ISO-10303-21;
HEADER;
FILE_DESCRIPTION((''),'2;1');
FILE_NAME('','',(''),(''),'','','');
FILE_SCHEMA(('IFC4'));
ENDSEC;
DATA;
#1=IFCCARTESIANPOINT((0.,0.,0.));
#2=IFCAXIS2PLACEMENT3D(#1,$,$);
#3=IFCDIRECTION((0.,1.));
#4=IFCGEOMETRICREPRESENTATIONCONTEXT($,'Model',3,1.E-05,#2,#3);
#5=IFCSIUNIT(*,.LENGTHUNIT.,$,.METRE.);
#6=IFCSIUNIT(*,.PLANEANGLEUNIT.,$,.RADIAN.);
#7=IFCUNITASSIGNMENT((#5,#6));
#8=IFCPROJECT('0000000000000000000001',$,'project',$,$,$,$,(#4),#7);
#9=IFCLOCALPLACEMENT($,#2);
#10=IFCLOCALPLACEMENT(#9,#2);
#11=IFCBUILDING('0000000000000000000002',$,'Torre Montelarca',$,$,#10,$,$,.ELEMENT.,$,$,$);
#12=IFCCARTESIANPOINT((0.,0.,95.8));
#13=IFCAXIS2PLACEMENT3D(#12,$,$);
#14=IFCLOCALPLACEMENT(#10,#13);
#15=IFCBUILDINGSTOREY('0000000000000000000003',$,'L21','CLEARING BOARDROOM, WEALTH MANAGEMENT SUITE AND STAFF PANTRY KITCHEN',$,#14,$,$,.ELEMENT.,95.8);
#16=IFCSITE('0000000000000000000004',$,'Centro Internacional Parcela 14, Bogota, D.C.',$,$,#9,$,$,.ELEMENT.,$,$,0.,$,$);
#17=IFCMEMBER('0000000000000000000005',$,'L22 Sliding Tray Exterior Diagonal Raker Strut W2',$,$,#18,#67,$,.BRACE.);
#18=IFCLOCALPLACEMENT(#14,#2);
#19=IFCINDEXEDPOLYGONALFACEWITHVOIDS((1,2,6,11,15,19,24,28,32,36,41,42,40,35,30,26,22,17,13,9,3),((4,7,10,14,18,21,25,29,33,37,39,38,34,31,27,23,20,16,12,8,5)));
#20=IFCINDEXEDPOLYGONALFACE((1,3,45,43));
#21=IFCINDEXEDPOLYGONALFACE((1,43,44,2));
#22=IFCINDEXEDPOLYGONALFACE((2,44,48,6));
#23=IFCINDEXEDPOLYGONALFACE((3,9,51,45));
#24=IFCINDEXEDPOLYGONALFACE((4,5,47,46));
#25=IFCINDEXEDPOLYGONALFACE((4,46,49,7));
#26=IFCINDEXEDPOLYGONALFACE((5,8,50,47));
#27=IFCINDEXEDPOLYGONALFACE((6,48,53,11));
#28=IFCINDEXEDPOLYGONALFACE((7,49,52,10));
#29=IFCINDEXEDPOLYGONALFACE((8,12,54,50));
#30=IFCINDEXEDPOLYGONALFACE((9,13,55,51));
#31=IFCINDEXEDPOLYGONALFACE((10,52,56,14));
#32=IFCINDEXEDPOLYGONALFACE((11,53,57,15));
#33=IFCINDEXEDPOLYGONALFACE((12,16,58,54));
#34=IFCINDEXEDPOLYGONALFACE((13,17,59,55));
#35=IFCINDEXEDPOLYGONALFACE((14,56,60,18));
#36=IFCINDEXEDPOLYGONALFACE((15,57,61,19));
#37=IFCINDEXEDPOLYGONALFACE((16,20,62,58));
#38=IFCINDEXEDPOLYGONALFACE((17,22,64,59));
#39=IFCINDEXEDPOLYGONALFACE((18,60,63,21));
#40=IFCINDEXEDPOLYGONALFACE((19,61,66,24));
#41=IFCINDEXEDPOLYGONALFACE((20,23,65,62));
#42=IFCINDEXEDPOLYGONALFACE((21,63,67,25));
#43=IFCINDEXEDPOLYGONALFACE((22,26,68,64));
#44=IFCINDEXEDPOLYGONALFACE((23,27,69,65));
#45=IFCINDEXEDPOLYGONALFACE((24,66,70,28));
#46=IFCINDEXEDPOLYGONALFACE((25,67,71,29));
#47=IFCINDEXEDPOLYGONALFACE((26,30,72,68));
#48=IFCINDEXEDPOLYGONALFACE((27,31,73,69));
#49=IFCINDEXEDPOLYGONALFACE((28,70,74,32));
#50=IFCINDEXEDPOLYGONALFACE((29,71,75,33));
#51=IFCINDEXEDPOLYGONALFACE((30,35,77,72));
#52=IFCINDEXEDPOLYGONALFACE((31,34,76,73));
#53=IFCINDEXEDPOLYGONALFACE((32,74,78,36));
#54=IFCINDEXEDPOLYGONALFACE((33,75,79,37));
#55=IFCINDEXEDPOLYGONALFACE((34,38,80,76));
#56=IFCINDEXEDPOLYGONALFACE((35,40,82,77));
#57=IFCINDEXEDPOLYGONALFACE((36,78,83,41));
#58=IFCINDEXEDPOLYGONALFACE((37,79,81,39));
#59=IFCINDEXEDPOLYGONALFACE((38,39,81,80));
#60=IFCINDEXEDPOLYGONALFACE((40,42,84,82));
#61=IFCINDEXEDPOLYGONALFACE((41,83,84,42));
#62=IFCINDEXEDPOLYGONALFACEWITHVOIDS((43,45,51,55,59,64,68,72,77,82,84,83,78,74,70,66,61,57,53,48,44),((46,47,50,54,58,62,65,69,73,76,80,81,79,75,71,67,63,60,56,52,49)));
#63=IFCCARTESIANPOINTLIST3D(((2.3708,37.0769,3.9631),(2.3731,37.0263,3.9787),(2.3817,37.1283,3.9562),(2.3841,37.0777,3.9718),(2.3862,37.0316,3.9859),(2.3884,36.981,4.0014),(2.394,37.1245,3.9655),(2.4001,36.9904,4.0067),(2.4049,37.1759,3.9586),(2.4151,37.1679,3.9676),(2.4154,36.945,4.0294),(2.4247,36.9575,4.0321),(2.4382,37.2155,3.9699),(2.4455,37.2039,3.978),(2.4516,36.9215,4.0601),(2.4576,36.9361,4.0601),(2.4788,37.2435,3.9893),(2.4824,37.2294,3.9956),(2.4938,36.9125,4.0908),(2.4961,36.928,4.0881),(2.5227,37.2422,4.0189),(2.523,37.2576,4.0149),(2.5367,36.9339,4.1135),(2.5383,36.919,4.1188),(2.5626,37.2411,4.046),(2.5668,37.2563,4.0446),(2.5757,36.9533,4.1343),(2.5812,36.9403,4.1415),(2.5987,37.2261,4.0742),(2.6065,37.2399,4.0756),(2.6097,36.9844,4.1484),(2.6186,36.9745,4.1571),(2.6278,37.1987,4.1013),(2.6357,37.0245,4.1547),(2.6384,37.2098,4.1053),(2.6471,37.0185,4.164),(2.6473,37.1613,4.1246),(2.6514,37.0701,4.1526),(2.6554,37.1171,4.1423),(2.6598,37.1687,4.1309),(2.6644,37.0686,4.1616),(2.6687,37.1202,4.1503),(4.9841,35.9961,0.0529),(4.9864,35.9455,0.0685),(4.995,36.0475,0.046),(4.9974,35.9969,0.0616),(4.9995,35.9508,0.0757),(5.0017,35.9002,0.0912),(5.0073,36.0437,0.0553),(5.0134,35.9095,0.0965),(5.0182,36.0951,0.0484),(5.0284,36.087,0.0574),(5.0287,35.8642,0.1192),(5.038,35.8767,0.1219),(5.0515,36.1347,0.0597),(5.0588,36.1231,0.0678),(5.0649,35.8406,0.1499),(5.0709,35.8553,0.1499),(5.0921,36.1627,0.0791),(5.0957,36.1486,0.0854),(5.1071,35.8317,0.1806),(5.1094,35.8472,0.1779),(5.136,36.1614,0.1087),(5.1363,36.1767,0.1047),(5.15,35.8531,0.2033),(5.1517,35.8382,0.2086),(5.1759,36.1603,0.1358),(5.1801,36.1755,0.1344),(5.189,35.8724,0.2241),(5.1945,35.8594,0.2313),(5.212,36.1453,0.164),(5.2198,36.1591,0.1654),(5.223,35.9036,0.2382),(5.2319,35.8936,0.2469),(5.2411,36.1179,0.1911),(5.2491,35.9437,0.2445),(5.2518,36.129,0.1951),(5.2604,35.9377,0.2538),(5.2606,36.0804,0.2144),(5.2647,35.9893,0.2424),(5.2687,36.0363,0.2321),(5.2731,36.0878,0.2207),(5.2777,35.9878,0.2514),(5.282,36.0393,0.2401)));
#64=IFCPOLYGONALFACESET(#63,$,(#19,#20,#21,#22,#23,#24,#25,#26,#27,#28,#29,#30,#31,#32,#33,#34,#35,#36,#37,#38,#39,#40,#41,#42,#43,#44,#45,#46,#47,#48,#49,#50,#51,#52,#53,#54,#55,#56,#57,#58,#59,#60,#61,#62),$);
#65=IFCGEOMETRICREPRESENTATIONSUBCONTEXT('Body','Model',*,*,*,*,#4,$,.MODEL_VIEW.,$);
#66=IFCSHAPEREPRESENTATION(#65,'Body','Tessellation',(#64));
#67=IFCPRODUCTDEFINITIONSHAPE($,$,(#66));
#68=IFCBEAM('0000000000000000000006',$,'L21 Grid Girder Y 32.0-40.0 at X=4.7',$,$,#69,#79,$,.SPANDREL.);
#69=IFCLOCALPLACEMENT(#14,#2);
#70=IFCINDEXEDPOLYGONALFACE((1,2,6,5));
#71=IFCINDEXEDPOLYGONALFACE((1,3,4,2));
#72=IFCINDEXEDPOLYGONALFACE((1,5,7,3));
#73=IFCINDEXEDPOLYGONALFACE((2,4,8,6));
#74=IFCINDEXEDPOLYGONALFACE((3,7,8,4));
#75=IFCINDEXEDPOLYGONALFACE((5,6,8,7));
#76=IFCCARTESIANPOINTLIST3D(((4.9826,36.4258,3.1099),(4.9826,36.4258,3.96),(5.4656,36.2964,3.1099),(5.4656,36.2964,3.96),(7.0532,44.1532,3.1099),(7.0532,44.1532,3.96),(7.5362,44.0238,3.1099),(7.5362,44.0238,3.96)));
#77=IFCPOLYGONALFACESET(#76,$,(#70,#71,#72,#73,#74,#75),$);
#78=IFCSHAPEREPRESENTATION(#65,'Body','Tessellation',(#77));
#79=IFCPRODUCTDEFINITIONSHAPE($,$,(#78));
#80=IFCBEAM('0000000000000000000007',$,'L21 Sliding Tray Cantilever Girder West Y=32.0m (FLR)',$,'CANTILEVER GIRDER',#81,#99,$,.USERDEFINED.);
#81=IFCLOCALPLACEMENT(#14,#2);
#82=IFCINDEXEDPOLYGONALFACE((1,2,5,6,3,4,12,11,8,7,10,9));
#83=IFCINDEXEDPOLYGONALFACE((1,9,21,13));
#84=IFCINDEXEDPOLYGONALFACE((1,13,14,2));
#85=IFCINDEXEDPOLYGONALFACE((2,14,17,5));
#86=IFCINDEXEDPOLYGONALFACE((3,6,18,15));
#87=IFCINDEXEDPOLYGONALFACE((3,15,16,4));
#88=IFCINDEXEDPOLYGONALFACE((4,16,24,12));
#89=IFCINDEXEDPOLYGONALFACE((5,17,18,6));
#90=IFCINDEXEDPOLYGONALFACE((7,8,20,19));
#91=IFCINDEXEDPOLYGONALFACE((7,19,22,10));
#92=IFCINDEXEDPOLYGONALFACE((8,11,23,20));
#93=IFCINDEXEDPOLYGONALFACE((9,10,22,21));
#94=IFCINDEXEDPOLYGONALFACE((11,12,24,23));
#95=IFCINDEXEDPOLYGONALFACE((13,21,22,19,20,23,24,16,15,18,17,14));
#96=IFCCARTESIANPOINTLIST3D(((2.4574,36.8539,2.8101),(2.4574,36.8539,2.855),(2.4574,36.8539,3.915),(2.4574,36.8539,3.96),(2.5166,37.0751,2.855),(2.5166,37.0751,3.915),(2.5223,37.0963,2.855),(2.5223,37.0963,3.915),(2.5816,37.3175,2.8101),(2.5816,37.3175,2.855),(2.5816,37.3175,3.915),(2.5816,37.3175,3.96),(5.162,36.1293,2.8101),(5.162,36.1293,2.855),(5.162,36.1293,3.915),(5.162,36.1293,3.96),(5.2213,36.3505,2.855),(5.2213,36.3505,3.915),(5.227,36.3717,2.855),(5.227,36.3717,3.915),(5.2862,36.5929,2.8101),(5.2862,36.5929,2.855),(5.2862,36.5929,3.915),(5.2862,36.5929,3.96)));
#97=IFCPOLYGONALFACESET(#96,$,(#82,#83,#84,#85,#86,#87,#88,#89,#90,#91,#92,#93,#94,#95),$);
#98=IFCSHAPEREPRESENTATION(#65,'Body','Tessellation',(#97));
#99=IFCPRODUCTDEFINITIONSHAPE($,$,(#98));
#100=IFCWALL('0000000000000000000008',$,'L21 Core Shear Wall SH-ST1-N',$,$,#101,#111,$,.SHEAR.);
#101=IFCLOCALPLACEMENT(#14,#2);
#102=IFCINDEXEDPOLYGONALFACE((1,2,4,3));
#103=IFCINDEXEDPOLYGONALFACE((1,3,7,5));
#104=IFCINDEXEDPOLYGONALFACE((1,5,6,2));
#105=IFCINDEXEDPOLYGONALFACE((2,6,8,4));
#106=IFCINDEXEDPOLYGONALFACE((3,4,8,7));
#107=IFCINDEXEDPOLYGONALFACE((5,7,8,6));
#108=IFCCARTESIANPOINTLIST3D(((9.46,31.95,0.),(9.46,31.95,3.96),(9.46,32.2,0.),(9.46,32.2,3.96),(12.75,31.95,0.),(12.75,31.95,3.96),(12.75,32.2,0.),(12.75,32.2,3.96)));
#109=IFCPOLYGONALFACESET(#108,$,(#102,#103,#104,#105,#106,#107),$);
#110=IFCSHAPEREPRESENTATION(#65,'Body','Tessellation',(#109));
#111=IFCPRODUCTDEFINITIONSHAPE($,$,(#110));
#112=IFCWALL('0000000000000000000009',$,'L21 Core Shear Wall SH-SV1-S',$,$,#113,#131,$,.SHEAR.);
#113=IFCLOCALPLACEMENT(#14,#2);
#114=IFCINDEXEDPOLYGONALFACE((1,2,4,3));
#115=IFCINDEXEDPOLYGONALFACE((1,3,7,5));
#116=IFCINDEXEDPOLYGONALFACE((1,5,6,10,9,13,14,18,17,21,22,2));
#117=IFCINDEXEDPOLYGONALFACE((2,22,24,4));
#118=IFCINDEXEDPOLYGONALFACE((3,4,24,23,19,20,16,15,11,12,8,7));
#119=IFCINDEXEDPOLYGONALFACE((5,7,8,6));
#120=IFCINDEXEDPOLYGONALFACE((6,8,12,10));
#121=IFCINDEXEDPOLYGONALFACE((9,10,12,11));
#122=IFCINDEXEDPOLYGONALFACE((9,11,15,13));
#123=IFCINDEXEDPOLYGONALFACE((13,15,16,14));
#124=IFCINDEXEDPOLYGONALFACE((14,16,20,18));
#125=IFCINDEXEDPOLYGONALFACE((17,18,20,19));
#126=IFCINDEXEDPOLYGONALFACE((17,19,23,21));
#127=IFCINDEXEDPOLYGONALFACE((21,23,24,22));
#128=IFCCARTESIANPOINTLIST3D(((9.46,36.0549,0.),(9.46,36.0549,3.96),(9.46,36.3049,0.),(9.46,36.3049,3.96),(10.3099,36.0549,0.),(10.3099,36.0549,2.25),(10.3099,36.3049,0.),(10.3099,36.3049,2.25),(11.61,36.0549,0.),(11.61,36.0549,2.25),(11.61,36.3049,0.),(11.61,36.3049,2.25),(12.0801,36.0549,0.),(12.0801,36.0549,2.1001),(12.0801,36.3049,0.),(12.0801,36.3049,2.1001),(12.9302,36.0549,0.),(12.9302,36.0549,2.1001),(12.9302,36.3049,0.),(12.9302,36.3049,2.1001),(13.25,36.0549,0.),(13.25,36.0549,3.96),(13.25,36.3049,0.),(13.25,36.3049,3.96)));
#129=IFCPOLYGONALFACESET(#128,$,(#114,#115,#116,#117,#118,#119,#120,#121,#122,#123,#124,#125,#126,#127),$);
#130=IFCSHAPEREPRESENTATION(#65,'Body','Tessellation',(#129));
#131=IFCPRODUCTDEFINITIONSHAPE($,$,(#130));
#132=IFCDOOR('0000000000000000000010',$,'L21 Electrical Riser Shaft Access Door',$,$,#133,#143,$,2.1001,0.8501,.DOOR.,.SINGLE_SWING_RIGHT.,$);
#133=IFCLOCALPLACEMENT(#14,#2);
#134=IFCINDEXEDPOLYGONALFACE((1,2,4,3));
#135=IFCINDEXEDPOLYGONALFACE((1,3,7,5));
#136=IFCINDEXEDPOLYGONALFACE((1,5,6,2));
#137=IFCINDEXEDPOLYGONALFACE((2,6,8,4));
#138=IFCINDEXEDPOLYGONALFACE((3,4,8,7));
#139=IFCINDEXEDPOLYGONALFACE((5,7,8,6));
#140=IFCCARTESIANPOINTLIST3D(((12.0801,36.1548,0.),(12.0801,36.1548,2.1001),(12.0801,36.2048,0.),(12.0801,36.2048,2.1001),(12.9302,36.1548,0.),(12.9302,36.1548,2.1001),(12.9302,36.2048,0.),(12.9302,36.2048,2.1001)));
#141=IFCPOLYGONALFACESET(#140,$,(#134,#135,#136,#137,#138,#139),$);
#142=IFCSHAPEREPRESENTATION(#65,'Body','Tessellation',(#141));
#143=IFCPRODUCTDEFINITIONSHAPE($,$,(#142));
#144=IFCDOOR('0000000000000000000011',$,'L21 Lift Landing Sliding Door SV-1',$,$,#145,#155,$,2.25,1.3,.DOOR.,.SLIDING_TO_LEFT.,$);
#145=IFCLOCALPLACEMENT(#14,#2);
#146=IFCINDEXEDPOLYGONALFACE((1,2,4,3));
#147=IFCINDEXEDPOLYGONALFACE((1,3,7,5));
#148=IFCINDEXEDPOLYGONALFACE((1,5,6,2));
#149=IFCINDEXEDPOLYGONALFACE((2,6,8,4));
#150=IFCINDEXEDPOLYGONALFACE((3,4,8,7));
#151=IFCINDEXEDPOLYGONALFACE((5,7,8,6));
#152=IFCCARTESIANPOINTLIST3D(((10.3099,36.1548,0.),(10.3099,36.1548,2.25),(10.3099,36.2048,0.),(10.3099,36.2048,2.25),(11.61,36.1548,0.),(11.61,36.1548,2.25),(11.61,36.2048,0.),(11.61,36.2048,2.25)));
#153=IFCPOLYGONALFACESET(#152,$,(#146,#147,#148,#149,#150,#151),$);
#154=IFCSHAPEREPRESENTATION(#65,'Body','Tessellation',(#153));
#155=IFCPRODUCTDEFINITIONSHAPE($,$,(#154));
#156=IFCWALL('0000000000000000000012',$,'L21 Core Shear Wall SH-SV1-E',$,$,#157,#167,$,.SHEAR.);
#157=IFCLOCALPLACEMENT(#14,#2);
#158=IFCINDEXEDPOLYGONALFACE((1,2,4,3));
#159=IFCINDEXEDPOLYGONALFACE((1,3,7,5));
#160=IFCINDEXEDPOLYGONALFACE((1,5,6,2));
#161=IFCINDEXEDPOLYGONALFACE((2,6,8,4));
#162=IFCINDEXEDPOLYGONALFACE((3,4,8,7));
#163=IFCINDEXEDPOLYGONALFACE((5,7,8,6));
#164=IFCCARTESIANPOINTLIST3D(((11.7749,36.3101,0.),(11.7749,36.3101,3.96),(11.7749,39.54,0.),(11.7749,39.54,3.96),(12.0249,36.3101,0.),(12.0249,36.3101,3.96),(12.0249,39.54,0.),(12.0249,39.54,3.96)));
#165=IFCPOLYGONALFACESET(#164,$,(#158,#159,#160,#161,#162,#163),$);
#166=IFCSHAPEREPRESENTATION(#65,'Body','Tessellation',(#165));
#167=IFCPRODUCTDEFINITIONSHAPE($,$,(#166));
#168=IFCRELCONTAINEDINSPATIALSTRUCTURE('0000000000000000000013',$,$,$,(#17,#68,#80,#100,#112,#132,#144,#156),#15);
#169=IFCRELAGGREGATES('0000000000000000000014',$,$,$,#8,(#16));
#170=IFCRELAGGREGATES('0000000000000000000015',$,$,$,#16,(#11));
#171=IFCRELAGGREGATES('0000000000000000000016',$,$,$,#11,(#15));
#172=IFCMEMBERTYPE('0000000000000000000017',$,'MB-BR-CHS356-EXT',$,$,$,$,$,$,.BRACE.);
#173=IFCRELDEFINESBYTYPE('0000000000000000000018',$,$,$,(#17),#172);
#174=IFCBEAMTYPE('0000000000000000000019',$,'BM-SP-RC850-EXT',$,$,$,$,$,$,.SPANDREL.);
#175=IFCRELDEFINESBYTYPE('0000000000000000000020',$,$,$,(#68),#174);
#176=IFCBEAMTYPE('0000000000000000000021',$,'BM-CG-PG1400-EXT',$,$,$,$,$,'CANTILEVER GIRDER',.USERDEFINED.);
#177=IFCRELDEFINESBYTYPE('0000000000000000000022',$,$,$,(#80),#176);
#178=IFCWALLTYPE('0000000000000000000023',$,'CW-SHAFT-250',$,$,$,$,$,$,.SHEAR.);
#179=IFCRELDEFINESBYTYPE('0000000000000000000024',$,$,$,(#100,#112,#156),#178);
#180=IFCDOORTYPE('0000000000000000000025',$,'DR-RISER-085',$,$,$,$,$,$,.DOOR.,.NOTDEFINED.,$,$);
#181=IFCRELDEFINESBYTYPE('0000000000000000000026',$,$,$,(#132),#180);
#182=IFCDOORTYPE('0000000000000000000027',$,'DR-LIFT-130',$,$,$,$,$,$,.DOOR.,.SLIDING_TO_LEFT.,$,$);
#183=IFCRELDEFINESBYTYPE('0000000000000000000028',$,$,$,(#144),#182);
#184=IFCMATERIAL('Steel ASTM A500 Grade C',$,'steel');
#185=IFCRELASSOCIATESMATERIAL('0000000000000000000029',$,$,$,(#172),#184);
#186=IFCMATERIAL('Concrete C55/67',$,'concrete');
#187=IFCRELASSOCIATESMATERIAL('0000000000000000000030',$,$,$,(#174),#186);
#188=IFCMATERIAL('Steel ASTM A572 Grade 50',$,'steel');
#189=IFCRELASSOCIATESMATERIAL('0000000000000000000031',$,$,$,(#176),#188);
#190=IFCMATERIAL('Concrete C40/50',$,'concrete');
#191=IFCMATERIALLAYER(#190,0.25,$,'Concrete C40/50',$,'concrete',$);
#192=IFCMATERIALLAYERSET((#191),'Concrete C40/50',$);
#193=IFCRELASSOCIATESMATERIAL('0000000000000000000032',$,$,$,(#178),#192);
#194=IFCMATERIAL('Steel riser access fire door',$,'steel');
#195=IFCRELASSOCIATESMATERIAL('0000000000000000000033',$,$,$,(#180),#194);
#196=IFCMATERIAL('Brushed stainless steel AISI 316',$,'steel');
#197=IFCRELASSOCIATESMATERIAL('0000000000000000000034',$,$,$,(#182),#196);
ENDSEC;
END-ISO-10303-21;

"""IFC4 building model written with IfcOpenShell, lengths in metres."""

from ifc_helpers import new_model, si_unit, direction, frame, frame_2d, origin, origin_2d, place, context, subcontext, project, spatial, rectangle, hollow_circle, i_section, extrude, source, transform, mapped, material, layer, layer_set, material_profile, profile_set, type_object, element, fill, save


model = new_model("IFC4")

# Units and contexts
model_context = context("Model", 3, precision=1e-05, world=origin(), true_north=direction((0.0, 1.0)))
body_context = subcontext(model_context, "Body", "Model", "MODEL_VIEW")
ifc_project = project(units=[si_unit("LENGTHUNIT", "METRE"), si_unit("PLANEANGLEUNIT", "RADIAN")], contexts=[model_context])

# Site, building, storey
site_placement = place(None, origin())
site = spatial("IfcSite", under=ifc_project, at=site_placement, Name="Centro Internacional Parcela 14, Bogota, D.C.", CompositionType="ELEMENT", RefElevation=0.0)
building_placement = place(site_placement, origin())
building = spatial("IfcBuilding", under=site, at=building_placement, Name="Torre Montelarca", CompositionType="ELEMENT")
storey_placement = place(building_placement, frame((0.0, 0.0, 95.8)))
storey = spatial("IfcBuildingStorey", under=building, at=storey_placement, Name="L21", Description="CLEARING BOARDROOM, WEALTH MANAGEMENT SUITE AND STAFF PANTRY KITCHEN", CompositionType="ELEMENT", Elevation=95.8)

# Shared definitions
ifc_material_1 = material(Name="Concrete C55/67", Category="concrete")

# Member
ifc_material_2 = material(Name="Steel ASTM A500 Grade C", Category="steel")
ifc_material_profile_1 = material_profile(ifc_material_2, hollow_circle(Radius=0.1777, WallThickness=0.0159, at=origin_2d()), Name="HSS355.6X15.9", Category="steel")
ifc_profile_set_1 = profile_set([ifc_material_profile_1], Name="Steel ASTM A500 Grade C")
member_type = type_object("IfcMemberType", Name="MB-BR-CHS356-EXT", PredefinedType="BRACE", material=ifc_profile_set_1)
shared_shape_1 = source(origin(), body_context, "Body", "SweptSolid", [
    extrude(hollow_circle(Radius=0.1777, WallThickness=0.0159, at=origin_2d()), origin(), (0.0, 0.0, 1.0), 4.8257),
])
member_placement = place(storey_placement, frame((5.1328, 36.0049, 0.1499), z_axis=(-0.541542, 0.223973, 0.810289), x_axis=(-0.382187, -0.924085, 0.0)))
element("IfcMember", 1, at=member_placement, inside=storey, type_object=member_type, Name="L22 Sliding Tray Exterior Diagonal Raker Strut W2", PredefinedType="BRACE", context=body_context, shape_type="MappedRepresentation", body=[
    mapped(shared_shape_1, transform((0.0, 0.0, 0.0), scale=1.0)),
])

# Beams
ifc_material_profile_2 = material_profile(ifc_material_1, rectangle(XDim=0.5, YDim=0.8501, at=origin_2d()), Name="RCB500X850", Category="concrete")
ifc_profile_set_2 = profile_set([ifc_material_profile_2], Name="Concrete C55/67")
beam_type_1 = type_object("IfcBeamType", Name="BM-SP-RC850-EXT", PredefinedType="SPANDREL", material=ifc_profile_set_2)
shared_shape_2 = source(origin(), body_context, "Body", "SweptSolid", [
    extrude(rectangle(XDim=0.5, YDim=0.8501, at=origin_2d()), origin(), (0.0, 0.0, 1.0), 8.0),
])
beam_1_placement = place(storey_placement, frame((5.2241, 36.3611, 3.5349), z_axis=(0.258823, 0.965925, 0.0), x_axis=(-0.965925, 0.258823, 0.0)))
element("IfcBeam", 2, at=beam_1_placement, inside=storey, type_object=beam_type_1, Name="L21 Grid Girder Y 32.0-40.0 at X=4.7", PredefinedType="SPANDREL", context=body_context, shape_type="MappedRepresentation", body=[
    mapped(shared_shape_2, transform((0.0, 0.0, 0.0), scale=1.0)),
])
ifc_material_3 = material(Name="Steel ASTM A572 Grade 50", Category="steel")
ifc_material_profile_3 = material_profile(ifc_material_3, i_section(OverallWidth=0.48, OverallDepth=1.1499, WebThickness=0.022, FlangeThickness=0.0449, at=origin_2d()), Name="PG1150X480X22X45", Category="steel")
ifc_profile_set_3 = profile_set([ifc_material_profile_3], Name="Steel ASTM A572 Grade 50")
beam_type_2 = type_object("IfcBeamType", Name="BM-CG-PG1400-EXT", ElementType="CANTILEVER GIRDER", PredefinedType="USERDEFINED", material=ifc_profile_set_3)
shared_shape_3 = source(origin(), body_context, "Body", "SweptSolid", [
    extrude(i_section(OverallWidth=0.48, OverallDepth=1.1499, WebThickness=0.022, FlangeThickness=0.0449, at=origin_2d()), origin(), (0.0, 0.0, 1.0), 2.8),
])
beam_2_placement = place(storey_placement, frame((5.2241, 36.3611, 3.385), z_axis=(-0.965933, 0.258791, 0.0), x_axis=(-0.258791, -0.965933, 0.0)))
element("IfcBeam", 3, at=beam_2_placement, inside=storey, type_object=beam_type_2, Name="L21 Sliding Tray Cantilever Girder West Y=32.0m (FLR)", ObjectType="CANTILEVER GIRDER", PredefinedType="USERDEFINED", context=body_context, shape_type="MappedRepresentation", body=[
    mapped(shared_shape_3, transform((0.0, 0.0, 0.0), scale=1.0)),
])

# Wall
ifc_material_4 = material(Name="Concrete C40/50", Category="concrete")
ifc_layer_1 = layer(ifc_material_4, 0.25, Name="Concrete C40/50", Category="concrete")
ifc_layer_set_1 = layer_set([ifc_layer_1], Name="Concrete C40/50")
wall_type_1 = type_object("IfcWallType", Name="CW-SHAFT-250", PredefinedType="SHEAR", material=ifc_layer_set_1)
wall_1_placement = place(storey_placement, frame((9.46, 32.075, 0.0), z_axis=(0.0, 0.0, 1.0), x_axis=(1.0, 0.0, 0.0)))
element("IfcWall", 4, at=wall_1_placement, inside=storey, type_object=wall_type_1, Name="L21 Core Shear Wall SH-ST1-N", PredefinedType="SHEAR", context=body_context, shape_type="SweptSolid", body=[
    extrude(rectangle(XDim=3.29, YDim=0.25, at=frame_2d((1.645, 0.0))), origin(), (0.0, 0.0, 1.0), 3.96),
])

# Wall, openings, doors
wall_2_placement = place(storey_placement, frame((9.46, 36.1799, 0.0), z_axis=(0.0, 0.0, 1.0), x_axis=(1.0, 0.0, 0.0)))
wall_2 = element("IfcWall", 5, at=wall_2_placement, inside=storey, type_object=wall_type_1, Name="L21 Core Shear Wall SH-SV1-S", PredefinedType="SHEAR", context=body_context, shape_type="SweptSolid", body=[
    extrude(rectangle(XDim=3.79, YDim=0.25, at=frame_2d((1.895, 0.0))), origin(), (0.0, 0.0, 1.0), 3.96),
])
opening_1_placement = place(wall_2_placement, frame((2.6201, 0.0, 0.0)))
opening_1 = element("IfcOpeningElement", 6, at=opening_1_placement, cuts=wall_2, PredefinedType="OPENING", context=body_context, shape_type="SweptSolid", body=[
    extrude(rectangle(XDim=0.8501, YDim=2.1001, at=frame_2d((0.425, 1.05))), frame((0.0, 0.135, 0.0), z_axis=(0.0, -1.0, 0.0), x_axis=(1.0, 0.0, 0.0)), (0.0, 0.0, 1.0), 0.27),
])
opening_2_placement = place(wall_2_placement, frame((0.8501, 0.0, 0.0)))
opening_2 = element("IfcOpeningElement", 7, at=opening_2_placement, cuts=wall_2, PredefinedType="OPENING", context=body_context, shape_type="SweptSolid", body=[
    extrude(rectangle(XDim=1.3, YDim=2.25, at=frame_2d((0.6499, 1.125))), frame((0.0, 0.135, 0.0), z_axis=(0.0, -1.0, 0.0), x_axis=(1.0, 0.0, 0.0)), (0.0, 0.0, 1.0), 0.27),
])
ifc_material_5 = material(Name="Steel riser access fire door", Category="steel")
door_type_1 = type_object("IfcDoorType", Name="DR-RISER-085", OperationType="NOTDEFINED", PredefinedType="DOOR", material=ifc_material_5)
shared_shape_4 = source(origin(), body_context, "Body", "SweptSolid", [
    extrude(rectangle(XDim=0.8501, YDim=2.1001, at=frame_2d((0.425, 1.05))), frame((0.0, 0.0249, 0.0), z_axis=(0.0, -1.0, 0.0), x_axis=(1.0, 0.0, 0.0)), (0.0, 0.0, 1.0), 0.05),
])
door_1_placement = place(opening_1_placement, origin())
door_1 = element("IfcDoor", 8, at=door_1_placement, inside=storey, type_object=door_type_1, Name="L21 Electrical Riser Shaft Access Door", OperationType="SINGLE_SWING_RIGHT", OverallHeight=2.1001, OverallWidth=0.8501, PredefinedType="DOOR", context=body_context, shape_type="MappedRepresentation", body=[
    mapped(shared_shape_4, transform((0.0, 0.0, 0.0), scale=1.0)),
])
fill(opening_1, door_1)
ifc_material_6 = material(Name="Brushed stainless steel AISI 316", Category="steel")
door_type_2 = type_object("IfcDoorType", Name="DR-LIFT-130", OperationType="SLIDING_TO_LEFT", PredefinedType="DOOR", material=ifc_material_6)
shared_shape_5 = source(origin(), body_context, "Body", "SweptSolid", [
    extrude(rectangle(XDim=1.3, YDim=2.25, at=frame_2d((0.6499, 1.125))), frame((0.0, 0.0249, 0.0), z_axis=(0.0, -1.0, 0.0), x_axis=(1.0, 0.0, 0.0)), (0.0, 0.0, 1.0), 0.05),
])
door_2_placement = place(opening_2_placement, origin())
door_2 = element("IfcDoor", 9, at=door_2_placement, inside=storey, type_object=door_type_2, Name="L21 Lift Landing Sliding Door SV-1", OperationType="SLIDING_TO_LEFT", OverallHeight=2.25, OverallWidth=1.3, PredefinedType="DOOR", context=body_context, shape_type="MappedRepresentation", body=[
    mapped(shared_shape_5, transform((0.0, 0.0, 0.0), scale=1.0)),
])
fill(opening_2, door_2)

# Wall
wall_3_placement = place(storey_placement, frame((11.8999, 36.3101, 0.0), z_axis=(0.0, 0.0, 1.0), x_axis=(0.0, 1.0, 0.0)))
element("IfcWall", 10, at=wall_3_placement, inside=storey, type_object=wall_type_1, Name="L21 Core Shear Wall SH-SV1-E", PredefinedType="SHEAR", context=body_context, shape_type="SweptSolid", body=[
    extrude(rectangle(XDim=3.23, YDim=0.25, at=frame_2d((1.615, 0.0))), origin(), (0.0, 0.0, 1.0), 3.96),
])

save(model, "model.ifc")
